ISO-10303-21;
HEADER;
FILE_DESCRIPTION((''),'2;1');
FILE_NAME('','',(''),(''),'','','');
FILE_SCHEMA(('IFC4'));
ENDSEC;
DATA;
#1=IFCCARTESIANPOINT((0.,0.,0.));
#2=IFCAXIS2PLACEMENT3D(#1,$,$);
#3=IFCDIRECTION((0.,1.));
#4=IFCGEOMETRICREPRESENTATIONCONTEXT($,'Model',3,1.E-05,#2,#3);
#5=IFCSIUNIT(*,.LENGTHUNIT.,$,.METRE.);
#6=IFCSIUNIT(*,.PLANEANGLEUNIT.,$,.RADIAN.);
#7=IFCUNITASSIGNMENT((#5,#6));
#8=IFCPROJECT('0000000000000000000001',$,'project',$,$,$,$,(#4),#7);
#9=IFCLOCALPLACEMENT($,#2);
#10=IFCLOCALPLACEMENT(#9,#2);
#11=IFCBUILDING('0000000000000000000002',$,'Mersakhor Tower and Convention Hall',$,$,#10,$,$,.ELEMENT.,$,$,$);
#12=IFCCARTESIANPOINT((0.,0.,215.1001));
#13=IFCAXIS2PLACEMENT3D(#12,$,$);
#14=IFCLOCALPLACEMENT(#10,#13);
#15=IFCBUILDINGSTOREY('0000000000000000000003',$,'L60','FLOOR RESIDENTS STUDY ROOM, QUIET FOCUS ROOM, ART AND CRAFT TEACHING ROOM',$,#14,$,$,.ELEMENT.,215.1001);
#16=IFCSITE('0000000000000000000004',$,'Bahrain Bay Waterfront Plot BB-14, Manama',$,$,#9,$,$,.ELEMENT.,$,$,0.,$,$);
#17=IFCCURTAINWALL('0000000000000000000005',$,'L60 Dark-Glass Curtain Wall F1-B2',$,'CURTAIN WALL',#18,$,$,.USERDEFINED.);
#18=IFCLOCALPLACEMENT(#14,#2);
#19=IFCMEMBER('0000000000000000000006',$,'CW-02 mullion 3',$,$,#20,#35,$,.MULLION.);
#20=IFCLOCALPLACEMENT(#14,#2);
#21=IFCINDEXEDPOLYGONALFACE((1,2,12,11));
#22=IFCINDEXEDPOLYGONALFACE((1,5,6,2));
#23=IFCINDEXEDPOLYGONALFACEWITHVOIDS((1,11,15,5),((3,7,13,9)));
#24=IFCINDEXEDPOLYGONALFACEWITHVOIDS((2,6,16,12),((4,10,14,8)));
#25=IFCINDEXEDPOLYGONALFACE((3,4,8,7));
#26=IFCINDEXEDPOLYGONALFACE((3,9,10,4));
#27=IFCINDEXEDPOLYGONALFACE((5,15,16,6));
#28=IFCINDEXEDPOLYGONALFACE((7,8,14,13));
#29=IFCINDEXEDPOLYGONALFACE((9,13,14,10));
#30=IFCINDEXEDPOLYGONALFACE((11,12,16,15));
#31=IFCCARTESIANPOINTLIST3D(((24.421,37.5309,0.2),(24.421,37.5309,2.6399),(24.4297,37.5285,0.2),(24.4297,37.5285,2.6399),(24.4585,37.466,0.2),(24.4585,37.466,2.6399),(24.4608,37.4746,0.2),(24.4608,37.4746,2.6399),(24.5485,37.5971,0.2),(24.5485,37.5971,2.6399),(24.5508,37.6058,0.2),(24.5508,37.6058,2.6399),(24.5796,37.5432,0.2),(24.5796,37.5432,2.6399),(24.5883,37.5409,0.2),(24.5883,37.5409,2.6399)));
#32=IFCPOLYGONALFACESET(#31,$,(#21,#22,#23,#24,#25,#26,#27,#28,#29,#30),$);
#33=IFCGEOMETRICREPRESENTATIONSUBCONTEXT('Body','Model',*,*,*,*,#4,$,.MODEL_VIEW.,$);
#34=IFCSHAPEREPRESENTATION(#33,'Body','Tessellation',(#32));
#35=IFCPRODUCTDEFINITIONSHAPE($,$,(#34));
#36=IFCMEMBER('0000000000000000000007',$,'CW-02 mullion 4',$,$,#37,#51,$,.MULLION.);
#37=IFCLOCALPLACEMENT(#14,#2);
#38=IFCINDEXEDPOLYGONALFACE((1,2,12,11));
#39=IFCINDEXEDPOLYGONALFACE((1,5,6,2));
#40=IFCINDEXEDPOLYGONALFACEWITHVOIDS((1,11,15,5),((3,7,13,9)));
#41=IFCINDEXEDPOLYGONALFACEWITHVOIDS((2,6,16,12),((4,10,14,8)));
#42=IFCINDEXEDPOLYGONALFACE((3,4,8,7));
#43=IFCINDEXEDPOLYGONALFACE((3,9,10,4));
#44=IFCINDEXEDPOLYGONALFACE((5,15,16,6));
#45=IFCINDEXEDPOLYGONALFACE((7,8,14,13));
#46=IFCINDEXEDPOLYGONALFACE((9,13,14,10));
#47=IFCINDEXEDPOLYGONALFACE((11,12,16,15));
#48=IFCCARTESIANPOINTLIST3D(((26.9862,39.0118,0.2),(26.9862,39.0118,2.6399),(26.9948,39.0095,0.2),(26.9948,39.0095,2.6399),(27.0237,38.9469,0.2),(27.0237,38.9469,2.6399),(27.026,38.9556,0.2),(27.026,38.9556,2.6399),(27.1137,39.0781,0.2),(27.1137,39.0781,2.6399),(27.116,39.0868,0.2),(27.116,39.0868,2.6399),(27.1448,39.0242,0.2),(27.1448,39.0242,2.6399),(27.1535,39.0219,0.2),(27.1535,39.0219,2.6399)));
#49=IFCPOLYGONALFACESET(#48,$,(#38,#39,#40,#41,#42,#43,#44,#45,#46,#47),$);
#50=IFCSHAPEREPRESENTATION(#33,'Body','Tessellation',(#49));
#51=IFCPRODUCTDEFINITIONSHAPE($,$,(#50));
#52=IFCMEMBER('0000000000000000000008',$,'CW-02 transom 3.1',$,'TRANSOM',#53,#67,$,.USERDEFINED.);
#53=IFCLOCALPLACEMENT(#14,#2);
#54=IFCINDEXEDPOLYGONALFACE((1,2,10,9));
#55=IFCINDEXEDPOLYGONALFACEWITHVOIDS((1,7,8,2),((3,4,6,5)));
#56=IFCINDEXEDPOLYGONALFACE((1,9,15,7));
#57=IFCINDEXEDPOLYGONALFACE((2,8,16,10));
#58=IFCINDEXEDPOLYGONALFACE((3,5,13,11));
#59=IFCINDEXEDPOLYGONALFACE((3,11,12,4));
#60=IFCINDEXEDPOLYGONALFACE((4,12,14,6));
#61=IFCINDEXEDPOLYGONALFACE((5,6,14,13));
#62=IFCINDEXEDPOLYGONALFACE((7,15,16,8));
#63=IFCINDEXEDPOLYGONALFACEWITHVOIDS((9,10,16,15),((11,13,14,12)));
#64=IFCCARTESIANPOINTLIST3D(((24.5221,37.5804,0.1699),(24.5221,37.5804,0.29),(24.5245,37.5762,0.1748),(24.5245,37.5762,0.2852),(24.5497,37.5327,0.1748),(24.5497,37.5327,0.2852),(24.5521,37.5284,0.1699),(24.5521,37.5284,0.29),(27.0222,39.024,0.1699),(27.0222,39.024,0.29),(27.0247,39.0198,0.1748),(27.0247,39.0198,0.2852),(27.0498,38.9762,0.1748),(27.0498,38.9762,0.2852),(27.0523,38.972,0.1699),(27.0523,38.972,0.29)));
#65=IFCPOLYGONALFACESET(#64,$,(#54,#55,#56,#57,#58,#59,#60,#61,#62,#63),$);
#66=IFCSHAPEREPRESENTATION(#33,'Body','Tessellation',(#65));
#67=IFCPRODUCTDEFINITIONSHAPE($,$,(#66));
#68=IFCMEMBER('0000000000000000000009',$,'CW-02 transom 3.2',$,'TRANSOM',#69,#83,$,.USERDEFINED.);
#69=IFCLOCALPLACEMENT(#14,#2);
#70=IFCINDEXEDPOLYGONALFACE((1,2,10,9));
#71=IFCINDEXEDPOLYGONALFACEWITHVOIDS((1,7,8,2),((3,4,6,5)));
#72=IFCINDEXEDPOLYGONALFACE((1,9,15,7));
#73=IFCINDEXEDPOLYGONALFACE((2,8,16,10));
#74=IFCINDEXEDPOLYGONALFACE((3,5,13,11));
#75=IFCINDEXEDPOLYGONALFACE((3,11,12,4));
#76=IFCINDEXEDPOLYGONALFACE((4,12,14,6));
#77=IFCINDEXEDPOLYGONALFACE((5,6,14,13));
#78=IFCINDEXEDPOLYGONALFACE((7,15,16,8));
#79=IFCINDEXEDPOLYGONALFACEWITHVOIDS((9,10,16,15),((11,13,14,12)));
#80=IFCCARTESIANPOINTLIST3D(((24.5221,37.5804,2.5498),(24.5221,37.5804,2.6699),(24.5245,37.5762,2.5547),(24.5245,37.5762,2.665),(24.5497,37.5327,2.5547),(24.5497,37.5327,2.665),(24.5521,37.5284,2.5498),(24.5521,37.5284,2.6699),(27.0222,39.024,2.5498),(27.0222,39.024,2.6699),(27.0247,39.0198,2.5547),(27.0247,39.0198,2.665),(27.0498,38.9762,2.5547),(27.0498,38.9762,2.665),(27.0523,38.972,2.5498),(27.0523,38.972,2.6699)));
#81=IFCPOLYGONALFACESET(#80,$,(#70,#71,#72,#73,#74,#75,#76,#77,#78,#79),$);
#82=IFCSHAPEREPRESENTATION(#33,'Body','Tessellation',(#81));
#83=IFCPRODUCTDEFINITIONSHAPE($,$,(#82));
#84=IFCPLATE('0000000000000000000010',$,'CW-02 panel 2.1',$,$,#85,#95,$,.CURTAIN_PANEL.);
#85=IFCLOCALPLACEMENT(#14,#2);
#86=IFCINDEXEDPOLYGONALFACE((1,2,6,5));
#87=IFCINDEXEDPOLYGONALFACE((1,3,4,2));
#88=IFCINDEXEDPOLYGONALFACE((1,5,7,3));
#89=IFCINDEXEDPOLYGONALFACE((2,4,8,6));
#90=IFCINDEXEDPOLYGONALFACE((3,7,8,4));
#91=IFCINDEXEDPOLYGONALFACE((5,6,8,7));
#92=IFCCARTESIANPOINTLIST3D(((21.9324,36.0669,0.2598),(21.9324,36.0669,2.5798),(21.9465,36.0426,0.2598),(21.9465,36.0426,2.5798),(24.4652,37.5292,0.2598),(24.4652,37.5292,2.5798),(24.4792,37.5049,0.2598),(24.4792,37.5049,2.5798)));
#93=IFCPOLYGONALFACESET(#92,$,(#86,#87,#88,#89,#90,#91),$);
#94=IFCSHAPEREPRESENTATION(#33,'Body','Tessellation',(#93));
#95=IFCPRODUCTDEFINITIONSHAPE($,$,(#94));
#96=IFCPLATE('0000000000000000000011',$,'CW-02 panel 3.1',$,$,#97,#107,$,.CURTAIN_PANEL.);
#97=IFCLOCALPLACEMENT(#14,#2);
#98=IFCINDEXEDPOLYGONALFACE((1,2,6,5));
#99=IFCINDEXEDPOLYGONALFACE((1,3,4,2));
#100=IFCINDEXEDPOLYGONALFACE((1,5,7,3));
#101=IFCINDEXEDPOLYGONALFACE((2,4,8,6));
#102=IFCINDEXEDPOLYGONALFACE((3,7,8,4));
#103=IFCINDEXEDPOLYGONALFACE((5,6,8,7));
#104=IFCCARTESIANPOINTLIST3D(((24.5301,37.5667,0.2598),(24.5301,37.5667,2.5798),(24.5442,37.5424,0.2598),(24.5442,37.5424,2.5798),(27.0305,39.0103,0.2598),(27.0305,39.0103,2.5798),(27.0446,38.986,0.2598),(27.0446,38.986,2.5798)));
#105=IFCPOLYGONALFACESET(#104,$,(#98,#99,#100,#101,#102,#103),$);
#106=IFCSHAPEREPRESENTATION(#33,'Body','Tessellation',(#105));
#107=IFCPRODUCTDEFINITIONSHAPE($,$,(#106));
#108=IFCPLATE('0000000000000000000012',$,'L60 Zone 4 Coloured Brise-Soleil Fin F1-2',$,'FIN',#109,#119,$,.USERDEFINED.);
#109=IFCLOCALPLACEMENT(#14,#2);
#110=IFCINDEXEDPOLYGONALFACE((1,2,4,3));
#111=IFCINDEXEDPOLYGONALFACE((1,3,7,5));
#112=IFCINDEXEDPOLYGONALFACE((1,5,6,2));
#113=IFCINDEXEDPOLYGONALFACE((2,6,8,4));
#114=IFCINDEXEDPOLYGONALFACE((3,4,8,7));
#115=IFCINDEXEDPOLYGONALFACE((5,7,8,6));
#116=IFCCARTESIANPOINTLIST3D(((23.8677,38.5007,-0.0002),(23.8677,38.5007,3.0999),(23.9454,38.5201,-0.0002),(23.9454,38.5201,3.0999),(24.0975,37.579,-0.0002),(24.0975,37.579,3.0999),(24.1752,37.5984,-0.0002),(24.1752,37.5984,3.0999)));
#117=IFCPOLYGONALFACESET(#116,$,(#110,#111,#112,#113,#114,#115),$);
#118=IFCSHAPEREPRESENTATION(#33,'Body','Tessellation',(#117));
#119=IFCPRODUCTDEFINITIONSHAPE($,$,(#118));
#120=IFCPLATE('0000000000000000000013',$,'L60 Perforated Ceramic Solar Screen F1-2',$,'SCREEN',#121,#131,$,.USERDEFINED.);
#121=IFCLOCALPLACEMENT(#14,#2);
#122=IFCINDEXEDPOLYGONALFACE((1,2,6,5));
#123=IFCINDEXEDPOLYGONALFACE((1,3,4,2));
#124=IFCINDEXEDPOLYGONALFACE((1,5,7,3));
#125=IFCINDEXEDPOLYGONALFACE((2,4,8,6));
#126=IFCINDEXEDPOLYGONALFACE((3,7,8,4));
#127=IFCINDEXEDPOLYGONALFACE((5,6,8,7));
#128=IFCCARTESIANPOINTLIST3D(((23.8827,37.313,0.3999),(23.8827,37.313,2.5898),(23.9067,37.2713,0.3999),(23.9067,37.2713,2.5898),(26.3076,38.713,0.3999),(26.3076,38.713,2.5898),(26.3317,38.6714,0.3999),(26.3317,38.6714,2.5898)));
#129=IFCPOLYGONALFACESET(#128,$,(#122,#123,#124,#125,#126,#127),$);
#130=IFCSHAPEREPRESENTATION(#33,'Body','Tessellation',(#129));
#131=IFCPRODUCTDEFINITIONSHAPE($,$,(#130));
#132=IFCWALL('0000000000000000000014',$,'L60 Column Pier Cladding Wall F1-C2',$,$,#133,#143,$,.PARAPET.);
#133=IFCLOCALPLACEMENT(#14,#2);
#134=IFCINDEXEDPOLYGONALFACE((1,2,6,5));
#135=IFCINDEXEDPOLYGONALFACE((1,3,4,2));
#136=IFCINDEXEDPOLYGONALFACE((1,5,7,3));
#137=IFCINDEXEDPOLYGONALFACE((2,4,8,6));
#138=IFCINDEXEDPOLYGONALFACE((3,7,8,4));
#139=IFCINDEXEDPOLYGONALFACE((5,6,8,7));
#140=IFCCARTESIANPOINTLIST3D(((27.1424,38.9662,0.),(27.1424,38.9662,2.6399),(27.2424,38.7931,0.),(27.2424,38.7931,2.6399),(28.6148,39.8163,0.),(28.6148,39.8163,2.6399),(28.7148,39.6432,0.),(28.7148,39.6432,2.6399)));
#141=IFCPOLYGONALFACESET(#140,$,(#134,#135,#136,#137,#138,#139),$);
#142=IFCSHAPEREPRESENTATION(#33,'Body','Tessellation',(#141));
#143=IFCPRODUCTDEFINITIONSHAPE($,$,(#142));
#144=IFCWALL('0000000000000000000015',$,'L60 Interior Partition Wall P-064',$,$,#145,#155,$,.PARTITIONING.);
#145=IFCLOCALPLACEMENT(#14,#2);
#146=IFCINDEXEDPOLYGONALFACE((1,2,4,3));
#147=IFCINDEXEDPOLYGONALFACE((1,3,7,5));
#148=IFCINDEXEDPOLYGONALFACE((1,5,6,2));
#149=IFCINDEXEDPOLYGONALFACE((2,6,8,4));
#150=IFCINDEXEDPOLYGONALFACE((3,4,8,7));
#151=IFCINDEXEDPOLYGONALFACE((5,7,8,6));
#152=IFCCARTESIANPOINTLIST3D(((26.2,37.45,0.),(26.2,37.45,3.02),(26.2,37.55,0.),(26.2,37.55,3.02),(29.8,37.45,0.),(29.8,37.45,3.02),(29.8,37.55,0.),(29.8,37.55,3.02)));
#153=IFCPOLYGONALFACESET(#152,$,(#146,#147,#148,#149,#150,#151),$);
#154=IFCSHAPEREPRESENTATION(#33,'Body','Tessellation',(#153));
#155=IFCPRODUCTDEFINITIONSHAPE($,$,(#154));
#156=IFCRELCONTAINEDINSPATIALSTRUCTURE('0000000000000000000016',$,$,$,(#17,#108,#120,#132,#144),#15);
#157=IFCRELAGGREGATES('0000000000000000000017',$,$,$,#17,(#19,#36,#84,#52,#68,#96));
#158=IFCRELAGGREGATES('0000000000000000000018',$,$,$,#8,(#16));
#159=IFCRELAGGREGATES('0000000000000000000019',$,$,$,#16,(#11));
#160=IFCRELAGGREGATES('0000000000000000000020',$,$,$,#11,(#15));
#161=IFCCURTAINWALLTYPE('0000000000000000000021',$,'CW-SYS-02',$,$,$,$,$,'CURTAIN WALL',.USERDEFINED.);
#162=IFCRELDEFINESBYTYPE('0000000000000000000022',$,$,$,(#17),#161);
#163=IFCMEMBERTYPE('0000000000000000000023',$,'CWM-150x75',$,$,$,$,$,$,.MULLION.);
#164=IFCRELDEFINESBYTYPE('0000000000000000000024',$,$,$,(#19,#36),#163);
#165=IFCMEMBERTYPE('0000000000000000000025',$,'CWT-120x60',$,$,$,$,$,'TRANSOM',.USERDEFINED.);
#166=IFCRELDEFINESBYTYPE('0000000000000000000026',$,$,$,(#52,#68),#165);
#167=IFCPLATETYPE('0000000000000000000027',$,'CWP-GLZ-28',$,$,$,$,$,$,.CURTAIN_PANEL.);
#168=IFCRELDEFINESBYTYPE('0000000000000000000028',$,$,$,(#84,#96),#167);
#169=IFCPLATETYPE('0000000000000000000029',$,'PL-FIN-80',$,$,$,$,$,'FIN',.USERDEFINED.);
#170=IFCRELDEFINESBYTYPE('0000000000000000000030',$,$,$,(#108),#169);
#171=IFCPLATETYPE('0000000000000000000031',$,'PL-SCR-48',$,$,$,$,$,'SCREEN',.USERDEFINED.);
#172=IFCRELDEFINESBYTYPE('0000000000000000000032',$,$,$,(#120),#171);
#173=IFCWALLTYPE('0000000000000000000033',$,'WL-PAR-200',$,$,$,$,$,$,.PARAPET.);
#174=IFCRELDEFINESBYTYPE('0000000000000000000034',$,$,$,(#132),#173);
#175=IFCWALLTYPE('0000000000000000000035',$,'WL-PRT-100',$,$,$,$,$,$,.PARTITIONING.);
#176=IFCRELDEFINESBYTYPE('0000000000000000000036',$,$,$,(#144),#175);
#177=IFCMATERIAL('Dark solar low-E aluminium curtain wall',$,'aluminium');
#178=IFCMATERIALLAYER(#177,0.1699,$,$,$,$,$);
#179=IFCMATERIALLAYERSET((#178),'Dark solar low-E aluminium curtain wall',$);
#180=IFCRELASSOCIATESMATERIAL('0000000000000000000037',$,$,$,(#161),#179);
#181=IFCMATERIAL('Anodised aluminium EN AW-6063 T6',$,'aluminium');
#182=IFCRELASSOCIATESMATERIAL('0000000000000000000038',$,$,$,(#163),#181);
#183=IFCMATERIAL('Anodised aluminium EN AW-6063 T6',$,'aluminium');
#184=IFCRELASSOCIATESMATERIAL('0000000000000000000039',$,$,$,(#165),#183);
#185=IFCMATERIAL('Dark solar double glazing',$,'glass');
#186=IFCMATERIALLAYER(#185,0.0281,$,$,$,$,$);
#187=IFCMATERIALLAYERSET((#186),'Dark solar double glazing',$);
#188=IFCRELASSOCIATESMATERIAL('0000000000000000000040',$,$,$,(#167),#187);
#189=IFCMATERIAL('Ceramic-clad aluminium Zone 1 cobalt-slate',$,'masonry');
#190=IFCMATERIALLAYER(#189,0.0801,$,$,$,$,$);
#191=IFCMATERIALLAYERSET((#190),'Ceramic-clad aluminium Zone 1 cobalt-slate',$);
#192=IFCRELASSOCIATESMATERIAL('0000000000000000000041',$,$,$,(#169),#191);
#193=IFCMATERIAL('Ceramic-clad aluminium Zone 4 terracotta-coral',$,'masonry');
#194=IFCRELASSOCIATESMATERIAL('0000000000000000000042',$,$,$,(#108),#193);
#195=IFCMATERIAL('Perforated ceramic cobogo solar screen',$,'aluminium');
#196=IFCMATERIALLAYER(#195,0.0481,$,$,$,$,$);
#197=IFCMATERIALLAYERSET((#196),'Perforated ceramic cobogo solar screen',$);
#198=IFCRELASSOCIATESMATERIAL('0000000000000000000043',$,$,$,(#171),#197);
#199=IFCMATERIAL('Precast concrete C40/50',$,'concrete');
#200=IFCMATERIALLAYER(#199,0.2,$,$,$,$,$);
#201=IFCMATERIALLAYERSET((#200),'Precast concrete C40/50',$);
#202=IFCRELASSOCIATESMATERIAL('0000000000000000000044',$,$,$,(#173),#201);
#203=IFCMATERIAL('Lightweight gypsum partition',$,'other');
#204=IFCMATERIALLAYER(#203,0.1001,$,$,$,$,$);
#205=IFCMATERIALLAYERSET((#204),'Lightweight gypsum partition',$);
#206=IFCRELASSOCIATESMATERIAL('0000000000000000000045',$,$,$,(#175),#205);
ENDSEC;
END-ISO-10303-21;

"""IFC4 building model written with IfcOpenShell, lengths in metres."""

from ifc_helpers import new_model, si_unit, direction, frame, frame_2d, origin, origin_2d, place, context, subcontext, project, spatial, rectangle, hollow_rectangle, extrude, material, layer, layer_set, material_profile, profile_set, type_object, element, aggregate, save


model = new_model("IFC4")

# Units and contexts
model_context = context("Model", 3, precision=1e-05, world=origin(), true_north=direction((0.0, 1.0)))
body_context = subcontext(model_context, "Body", "Model", "MODEL_VIEW")
ifc_project = project(units=[si_unit("LENGTHUNIT", "METRE"), si_unit("PLANEANGLEUNIT", "RADIAN")], contexts=[model_context])

# Site, building, storey
site_placement = place(None, origin())
site = spatial("IfcSite", under=ifc_project, at=site_placement, Name="Bahrain Bay Waterfront Plot BB-14, Manama", CompositionType="ELEMENT", RefElevation=0.0)
building_placement = place(site_placement, origin())
building = spatial("IfcBuilding", under=site, at=building_placement, Name="Mersakhor Tower and Convention Hall", CompositionType="ELEMENT")
storey_placement = place(building_placement, frame((0.0, 0.0, 215.1001)))
storey = spatial("IfcBuildingStorey", under=building, at=storey_placement, Name="L60", Description="FLOOR RESIDENTS STUDY ROOM, QUIET FOCUS ROOM, ART AND CRAFT TEACHING ROOM", CompositionType="ELEMENT", Elevation=215.1001)

# Curtain wall, members, plates
ifc_material_1 = material(Name="Dark solar low-E aluminium curtain wall", Category="aluminium")
ifc_layer_1 = layer(ifc_material_1, 0.1699)
ifc_layer_set_1 = layer_set([ifc_layer_1], Name="Dark solar low-E aluminium curtain wall")
curtain_wall_type = type_object("IfcCurtainWallType", Name="CW-SYS-02", ElementType="CURTAIN WALL", PredefinedType="USERDEFINED", material=ifc_layer_set_1)
curtain_wall_placement = place(storey_placement, origin())
curtain_wall = element("IfcCurtainWall", 1, at=curtain_wall_placement, inside=storey, type_object=curtain_wall_type, Name="L60 Dark-Glass Curtain Wall F1-B2", ObjectType="CURTAIN WALL", PredefinedType="USERDEFINED")
ifc_material_2 = material(Name="Anodised aluminium EN AW-6063 T6", Category="aluminium")
ifc_material_profile_1 = material_profile(ifc_material_2, hollow_rectangle(XDim=0.075, YDim=0.1499, WallThickness=0.0063, at=origin_2d()), Name="RHS 150x75x6.3")
ifc_profile_set_1 = profile_set([ifc_material_profile_1], Name="Anodised aluminium EN AW-6063 T6")
member_type_1 = type_object("IfcMemberType", Name="CWM-150x75", PredefinedType="MULLION", material=ifc_profile_set_1)
member_1_placement = place(storey_placement, frame((24.5046, 37.5359, 0.2), z_axis=(0.0, 0.0, 1.0), x_axis=(-0.500008, 0.866021, 0.0)))
member_1 = element("IfcMember", 2, at=member_1_placement, type_object=member_type_1, Name="CW-02 mullion 3", PredefinedType="MULLION", context=body_context, shape_type="SweptSolid", body=[
    extrude(hollow_rectangle(XDim=0.075, YDim=0.1499, WallThickness=0.0063, at=origin_2d()), origin(), (0.0, 0.0, 1.0), 2.4399),
])
member_2_placement = place(storey_placement, frame((27.0698, 39.0168, 0.2), z_axis=(0.0, 0.0, 1.0), x_axis=(-0.500008, 0.866021, 0.0)))
member_2 = element("IfcMember", 3, at=member_2_placement, type_object=member_type_1, Name="CW-02 mullion 4", PredefinedType="MULLION", context=body_context, shape_type="SweptSolid", body=[
    extrude(hollow_rectangle(XDim=0.075, YDim=0.1499, WallThickness=0.0063, at=origin_2d()), origin(), (0.0, 0.0, 1.0), 2.4399),
])
ifc_material_3 = material(Name="Anodised aluminium EN AW-6063 T6", Category="aluminium")
ifc_material_profile_2 = material_profile(ifc_material_3, hollow_rectangle(XDim=0.0601, YDim=0.1201, WallThickness=0.0049, at=origin_2d()), Name="RHS 120x60x5")
ifc_profile_set_2 = profile_set([ifc_material_profile_2], Name="Anodised aluminium EN AW-6063 T6")
member_type_2 = type_object("IfcMemberType", Name="CWT-120x60", ElementType="TRANSOM", PredefinedType="USERDEFINED", material=ifc_profile_set_2)
member_3_placement = place(storey_placement, frame((24.5371, 37.5544, 0.23), z_axis=(0.866012, 0.500023, 0.0), x_axis=(-0.500023, 0.866012, 0.0)))
member_3 = element("IfcMember", 4, at=member_3_placement, type_object=member_type_2, Name="CW-02 transom 3.1", ObjectType="TRANSOM", PredefinedType="USERDEFINED", context=body_context, shape_type="SweptSolid", body=[
    extrude(hollow_rectangle(XDim=0.0601, YDim=0.1201, WallThickness=0.0049, at=origin_2d()), origin(), (0.0, 0.0, 1.0), 2.887),
])
member_4_placement = place(storey_placement, frame((24.5371, 37.5544, 2.6099), z_axis=(0.866012, 0.500023, 0.0), x_axis=(-0.500023, 0.866012, 0.0)))
member_4 = element("IfcMember", 5, at=member_4_placement, type_object=member_type_2, Name="CW-02 transom 3.2", ObjectType="TRANSOM", PredefinedType="USERDEFINED", context=body_context, shape_type="SweptSolid", body=[
    extrude(hollow_rectangle(XDim=0.0601, YDim=0.1201, WallThickness=0.0049, at=origin_2d()), origin(), (0.0, 0.0, 1.0), 2.887),
])
ifc_material_4 = material(Name="Dark solar double glazing", Category="glass")
ifc_layer_2 = layer(ifc_material_4, 0.0281)
ifc_layer_set_2 = layer_set([ifc_layer_2], Name="Dark solar double glazing")
plate_type_1 = type_object("IfcPlateType", Name="CWP-GLZ-28", PredefinedType="CURTAIN_PANEL", material=ifc_layer_set_2)
plate_1_placement = place(storey_placement, frame((23.2058, 36.7859, 0.2598), z_axis=(0.0, 0.0, 1.0), x_axis=(0.866021, 0.500008, 0.0)))
plate_1 = element("IfcPlate", 6, at=plate_1_placement, type_object=plate_type_1, Name="CW-02 panel 2.1", PredefinedType="CURTAIN_PANEL", context=body_context, shape_type="SweptSolid", body=[
    extrude(rectangle(XDim=2.9246, YDim=0.0281, at=origin_2d()), origin(), (0.0, 0.0, 1.0), 2.3201),
])
plate_2_placement = place(storey_placement, frame((25.7874, 38.2764, 0.2598), z_axis=(0.0, 0.0, 1.0), x_axis=(0.866021, 0.500008, 0.0)))
plate_2 = element("IfcPlate", 7, at=plate_2_placement, type_object=plate_type_1, Name="CW-02 panel 3.1", PredefinedType="CURTAIN_PANEL", context=body_context, shape_type="SweptSolid", body=[
    extrude(rectangle(XDim=2.8872, YDim=0.0281, at=origin_2d()), origin(), (0.0, 0.0, 1.0), 2.3201),
])
aggregate(curtain_wall, [member_1, member_2, plate_1, member_3, member_4, plate_2])

# Plates
ifc_material_5 = material(Name="Ceramic-clad aluminium Zone 4 terracotta-coral", Category="masonry")
ifc_material_6 = material(Name="Ceramic-clad aluminium Zone 1 cobalt-slate", Category="masonry")
ifc_layer_3 = layer(ifc_material_6, 0.0801)
ifc_layer_set_3 = layer_set([ifc_layer_3], Name="Ceramic-clad aluminium Zone 1 cobalt-slate")
plate_type_2 = type_object("IfcPlateType", Name="PL-FIN-80", ElementType="FIN", PredefinedType="USERDEFINED", material=ifc_layer_set_3)
plate_3_placement = place(storey_placement, frame((24.0215, 38.0496, -0.0002), z_axis=(0.0, 0.0, 1.0), x_axis=(-0.241922, 0.970296, 0.0)))
element("IfcPlate", 8, at=plate_3_placement, inside=storey, type_object=plate_type_2, material=ifc_material_5, Name="L60 Zone 4 Coloured Brise-Soleil Fin F1-2", ObjectType="FIN", PredefinedType="USERDEFINED", context=body_context, shape_type="SweptSolid", body=[
    extrude(rectangle(XDim=0.95, YDim=0.0801, at=origin_2d()), origin(), (0.0, 0.0, 1.0), 3.1001),
])
ifc_material_7 = material(Name="Perforated ceramic cobogo solar screen", Category="aluminium")
ifc_layer_4 = layer(ifc_material_7, 0.0481)
ifc_layer_set_4 = layer_set([ifc_layer_4], Name="Perforated ceramic cobogo solar screen")
plate_type_3 = type_object("IfcPlateType", Name="PL-SCR-48", ElementType="SCREEN", PredefinedType="USERDEFINED", material=ifc_layer_set_4)
plate_4_placement = place(storey_placement, frame((25.1072, 37.9922, 0.3999), z_axis=(0.0, 0.0, 1.0), x_axis=(0.866025, 0.5, 0.0)))
element("IfcPlate", 9, at=plate_4_placement, inside=storey, type_object=plate_type_3, Name="L60 Perforated Ceramic Solar Screen F1-2", ObjectType="SCREEN", PredefinedType="USERDEFINED", context=body_context, shape_type="SweptSolid", body=[
    extrude(rectangle(XDim=2.8, YDim=0.0481, at=origin_2d()), origin(), (0.0, 0.0, 1.0), 2.1899),
])

# Walls
ifc_material_8 = material(Name="Precast concrete C40/50", Category="concrete")
ifc_layer_5 = layer(ifc_material_8, 0.2)
ifc_layer_set_5 = layer_set([ifc_layer_5], Name="Precast concrete C40/50")
wall_type_1 = type_object("IfcWallType", Name="WL-PAR-200", PredefinedType="PARAPET", material=ifc_layer_set_5)
wall_1_placement = place(storey_placement, frame((27.1924, 38.8796, 0.0), z_axis=(0.0, 0.0, 1.0), x_axis=(0.866025, 0.5, 0.0)))
element("IfcWall", 10, at=wall_1_placement, inside=storey, type_object=wall_type_1, Name="L60 Column Pier Cladding Wall F1-C2", PredefinedType="PARAPET", context=body_context, shape_type="SweptSolid", body=[
    extrude(rectangle(XDim=1.7002, YDim=0.2, at=frame_2d((0.8501, 0.0))), origin(), (0.0, 0.0, 1.0), 2.6399),
])
ifc_material_9 = material(Name="Lightweight gypsum partition", Category="other")
ifc_layer_6 = layer(ifc_material_9, 0.1001)
ifc_layer_set_6 = layer_set([ifc_layer_6], Name="Lightweight gypsum partition")
wall_type_2 = type_object("IfcWallType", Name="WL-PRT-100", PredefinedType="PARTITIONING", material=ifc_layer_set_6)
wall_2_placement = place(storey_placement, frame((26.2, 37.5, 0.0), z_axis=(0.0, 0.0, 1.0), x_axis=(1.0, 0.0, 0.0)))
element("IfcWall", 11, at=wall_2_placement, inside=storey, type_object=wall_type_2, Name="L60 Interior Partition Wall P-064", PredefinedType="PARTITIONING", context=body_context, shape_type="SweptSolid", body=[
    extrude(rectangle(XDim=3.6001, YDim=0.1001, at=frame_2d((1.8, 0.0))), origin(), (0.0, 0.0, 1.0), 3.02),
])

save(model, "model.ifc")
